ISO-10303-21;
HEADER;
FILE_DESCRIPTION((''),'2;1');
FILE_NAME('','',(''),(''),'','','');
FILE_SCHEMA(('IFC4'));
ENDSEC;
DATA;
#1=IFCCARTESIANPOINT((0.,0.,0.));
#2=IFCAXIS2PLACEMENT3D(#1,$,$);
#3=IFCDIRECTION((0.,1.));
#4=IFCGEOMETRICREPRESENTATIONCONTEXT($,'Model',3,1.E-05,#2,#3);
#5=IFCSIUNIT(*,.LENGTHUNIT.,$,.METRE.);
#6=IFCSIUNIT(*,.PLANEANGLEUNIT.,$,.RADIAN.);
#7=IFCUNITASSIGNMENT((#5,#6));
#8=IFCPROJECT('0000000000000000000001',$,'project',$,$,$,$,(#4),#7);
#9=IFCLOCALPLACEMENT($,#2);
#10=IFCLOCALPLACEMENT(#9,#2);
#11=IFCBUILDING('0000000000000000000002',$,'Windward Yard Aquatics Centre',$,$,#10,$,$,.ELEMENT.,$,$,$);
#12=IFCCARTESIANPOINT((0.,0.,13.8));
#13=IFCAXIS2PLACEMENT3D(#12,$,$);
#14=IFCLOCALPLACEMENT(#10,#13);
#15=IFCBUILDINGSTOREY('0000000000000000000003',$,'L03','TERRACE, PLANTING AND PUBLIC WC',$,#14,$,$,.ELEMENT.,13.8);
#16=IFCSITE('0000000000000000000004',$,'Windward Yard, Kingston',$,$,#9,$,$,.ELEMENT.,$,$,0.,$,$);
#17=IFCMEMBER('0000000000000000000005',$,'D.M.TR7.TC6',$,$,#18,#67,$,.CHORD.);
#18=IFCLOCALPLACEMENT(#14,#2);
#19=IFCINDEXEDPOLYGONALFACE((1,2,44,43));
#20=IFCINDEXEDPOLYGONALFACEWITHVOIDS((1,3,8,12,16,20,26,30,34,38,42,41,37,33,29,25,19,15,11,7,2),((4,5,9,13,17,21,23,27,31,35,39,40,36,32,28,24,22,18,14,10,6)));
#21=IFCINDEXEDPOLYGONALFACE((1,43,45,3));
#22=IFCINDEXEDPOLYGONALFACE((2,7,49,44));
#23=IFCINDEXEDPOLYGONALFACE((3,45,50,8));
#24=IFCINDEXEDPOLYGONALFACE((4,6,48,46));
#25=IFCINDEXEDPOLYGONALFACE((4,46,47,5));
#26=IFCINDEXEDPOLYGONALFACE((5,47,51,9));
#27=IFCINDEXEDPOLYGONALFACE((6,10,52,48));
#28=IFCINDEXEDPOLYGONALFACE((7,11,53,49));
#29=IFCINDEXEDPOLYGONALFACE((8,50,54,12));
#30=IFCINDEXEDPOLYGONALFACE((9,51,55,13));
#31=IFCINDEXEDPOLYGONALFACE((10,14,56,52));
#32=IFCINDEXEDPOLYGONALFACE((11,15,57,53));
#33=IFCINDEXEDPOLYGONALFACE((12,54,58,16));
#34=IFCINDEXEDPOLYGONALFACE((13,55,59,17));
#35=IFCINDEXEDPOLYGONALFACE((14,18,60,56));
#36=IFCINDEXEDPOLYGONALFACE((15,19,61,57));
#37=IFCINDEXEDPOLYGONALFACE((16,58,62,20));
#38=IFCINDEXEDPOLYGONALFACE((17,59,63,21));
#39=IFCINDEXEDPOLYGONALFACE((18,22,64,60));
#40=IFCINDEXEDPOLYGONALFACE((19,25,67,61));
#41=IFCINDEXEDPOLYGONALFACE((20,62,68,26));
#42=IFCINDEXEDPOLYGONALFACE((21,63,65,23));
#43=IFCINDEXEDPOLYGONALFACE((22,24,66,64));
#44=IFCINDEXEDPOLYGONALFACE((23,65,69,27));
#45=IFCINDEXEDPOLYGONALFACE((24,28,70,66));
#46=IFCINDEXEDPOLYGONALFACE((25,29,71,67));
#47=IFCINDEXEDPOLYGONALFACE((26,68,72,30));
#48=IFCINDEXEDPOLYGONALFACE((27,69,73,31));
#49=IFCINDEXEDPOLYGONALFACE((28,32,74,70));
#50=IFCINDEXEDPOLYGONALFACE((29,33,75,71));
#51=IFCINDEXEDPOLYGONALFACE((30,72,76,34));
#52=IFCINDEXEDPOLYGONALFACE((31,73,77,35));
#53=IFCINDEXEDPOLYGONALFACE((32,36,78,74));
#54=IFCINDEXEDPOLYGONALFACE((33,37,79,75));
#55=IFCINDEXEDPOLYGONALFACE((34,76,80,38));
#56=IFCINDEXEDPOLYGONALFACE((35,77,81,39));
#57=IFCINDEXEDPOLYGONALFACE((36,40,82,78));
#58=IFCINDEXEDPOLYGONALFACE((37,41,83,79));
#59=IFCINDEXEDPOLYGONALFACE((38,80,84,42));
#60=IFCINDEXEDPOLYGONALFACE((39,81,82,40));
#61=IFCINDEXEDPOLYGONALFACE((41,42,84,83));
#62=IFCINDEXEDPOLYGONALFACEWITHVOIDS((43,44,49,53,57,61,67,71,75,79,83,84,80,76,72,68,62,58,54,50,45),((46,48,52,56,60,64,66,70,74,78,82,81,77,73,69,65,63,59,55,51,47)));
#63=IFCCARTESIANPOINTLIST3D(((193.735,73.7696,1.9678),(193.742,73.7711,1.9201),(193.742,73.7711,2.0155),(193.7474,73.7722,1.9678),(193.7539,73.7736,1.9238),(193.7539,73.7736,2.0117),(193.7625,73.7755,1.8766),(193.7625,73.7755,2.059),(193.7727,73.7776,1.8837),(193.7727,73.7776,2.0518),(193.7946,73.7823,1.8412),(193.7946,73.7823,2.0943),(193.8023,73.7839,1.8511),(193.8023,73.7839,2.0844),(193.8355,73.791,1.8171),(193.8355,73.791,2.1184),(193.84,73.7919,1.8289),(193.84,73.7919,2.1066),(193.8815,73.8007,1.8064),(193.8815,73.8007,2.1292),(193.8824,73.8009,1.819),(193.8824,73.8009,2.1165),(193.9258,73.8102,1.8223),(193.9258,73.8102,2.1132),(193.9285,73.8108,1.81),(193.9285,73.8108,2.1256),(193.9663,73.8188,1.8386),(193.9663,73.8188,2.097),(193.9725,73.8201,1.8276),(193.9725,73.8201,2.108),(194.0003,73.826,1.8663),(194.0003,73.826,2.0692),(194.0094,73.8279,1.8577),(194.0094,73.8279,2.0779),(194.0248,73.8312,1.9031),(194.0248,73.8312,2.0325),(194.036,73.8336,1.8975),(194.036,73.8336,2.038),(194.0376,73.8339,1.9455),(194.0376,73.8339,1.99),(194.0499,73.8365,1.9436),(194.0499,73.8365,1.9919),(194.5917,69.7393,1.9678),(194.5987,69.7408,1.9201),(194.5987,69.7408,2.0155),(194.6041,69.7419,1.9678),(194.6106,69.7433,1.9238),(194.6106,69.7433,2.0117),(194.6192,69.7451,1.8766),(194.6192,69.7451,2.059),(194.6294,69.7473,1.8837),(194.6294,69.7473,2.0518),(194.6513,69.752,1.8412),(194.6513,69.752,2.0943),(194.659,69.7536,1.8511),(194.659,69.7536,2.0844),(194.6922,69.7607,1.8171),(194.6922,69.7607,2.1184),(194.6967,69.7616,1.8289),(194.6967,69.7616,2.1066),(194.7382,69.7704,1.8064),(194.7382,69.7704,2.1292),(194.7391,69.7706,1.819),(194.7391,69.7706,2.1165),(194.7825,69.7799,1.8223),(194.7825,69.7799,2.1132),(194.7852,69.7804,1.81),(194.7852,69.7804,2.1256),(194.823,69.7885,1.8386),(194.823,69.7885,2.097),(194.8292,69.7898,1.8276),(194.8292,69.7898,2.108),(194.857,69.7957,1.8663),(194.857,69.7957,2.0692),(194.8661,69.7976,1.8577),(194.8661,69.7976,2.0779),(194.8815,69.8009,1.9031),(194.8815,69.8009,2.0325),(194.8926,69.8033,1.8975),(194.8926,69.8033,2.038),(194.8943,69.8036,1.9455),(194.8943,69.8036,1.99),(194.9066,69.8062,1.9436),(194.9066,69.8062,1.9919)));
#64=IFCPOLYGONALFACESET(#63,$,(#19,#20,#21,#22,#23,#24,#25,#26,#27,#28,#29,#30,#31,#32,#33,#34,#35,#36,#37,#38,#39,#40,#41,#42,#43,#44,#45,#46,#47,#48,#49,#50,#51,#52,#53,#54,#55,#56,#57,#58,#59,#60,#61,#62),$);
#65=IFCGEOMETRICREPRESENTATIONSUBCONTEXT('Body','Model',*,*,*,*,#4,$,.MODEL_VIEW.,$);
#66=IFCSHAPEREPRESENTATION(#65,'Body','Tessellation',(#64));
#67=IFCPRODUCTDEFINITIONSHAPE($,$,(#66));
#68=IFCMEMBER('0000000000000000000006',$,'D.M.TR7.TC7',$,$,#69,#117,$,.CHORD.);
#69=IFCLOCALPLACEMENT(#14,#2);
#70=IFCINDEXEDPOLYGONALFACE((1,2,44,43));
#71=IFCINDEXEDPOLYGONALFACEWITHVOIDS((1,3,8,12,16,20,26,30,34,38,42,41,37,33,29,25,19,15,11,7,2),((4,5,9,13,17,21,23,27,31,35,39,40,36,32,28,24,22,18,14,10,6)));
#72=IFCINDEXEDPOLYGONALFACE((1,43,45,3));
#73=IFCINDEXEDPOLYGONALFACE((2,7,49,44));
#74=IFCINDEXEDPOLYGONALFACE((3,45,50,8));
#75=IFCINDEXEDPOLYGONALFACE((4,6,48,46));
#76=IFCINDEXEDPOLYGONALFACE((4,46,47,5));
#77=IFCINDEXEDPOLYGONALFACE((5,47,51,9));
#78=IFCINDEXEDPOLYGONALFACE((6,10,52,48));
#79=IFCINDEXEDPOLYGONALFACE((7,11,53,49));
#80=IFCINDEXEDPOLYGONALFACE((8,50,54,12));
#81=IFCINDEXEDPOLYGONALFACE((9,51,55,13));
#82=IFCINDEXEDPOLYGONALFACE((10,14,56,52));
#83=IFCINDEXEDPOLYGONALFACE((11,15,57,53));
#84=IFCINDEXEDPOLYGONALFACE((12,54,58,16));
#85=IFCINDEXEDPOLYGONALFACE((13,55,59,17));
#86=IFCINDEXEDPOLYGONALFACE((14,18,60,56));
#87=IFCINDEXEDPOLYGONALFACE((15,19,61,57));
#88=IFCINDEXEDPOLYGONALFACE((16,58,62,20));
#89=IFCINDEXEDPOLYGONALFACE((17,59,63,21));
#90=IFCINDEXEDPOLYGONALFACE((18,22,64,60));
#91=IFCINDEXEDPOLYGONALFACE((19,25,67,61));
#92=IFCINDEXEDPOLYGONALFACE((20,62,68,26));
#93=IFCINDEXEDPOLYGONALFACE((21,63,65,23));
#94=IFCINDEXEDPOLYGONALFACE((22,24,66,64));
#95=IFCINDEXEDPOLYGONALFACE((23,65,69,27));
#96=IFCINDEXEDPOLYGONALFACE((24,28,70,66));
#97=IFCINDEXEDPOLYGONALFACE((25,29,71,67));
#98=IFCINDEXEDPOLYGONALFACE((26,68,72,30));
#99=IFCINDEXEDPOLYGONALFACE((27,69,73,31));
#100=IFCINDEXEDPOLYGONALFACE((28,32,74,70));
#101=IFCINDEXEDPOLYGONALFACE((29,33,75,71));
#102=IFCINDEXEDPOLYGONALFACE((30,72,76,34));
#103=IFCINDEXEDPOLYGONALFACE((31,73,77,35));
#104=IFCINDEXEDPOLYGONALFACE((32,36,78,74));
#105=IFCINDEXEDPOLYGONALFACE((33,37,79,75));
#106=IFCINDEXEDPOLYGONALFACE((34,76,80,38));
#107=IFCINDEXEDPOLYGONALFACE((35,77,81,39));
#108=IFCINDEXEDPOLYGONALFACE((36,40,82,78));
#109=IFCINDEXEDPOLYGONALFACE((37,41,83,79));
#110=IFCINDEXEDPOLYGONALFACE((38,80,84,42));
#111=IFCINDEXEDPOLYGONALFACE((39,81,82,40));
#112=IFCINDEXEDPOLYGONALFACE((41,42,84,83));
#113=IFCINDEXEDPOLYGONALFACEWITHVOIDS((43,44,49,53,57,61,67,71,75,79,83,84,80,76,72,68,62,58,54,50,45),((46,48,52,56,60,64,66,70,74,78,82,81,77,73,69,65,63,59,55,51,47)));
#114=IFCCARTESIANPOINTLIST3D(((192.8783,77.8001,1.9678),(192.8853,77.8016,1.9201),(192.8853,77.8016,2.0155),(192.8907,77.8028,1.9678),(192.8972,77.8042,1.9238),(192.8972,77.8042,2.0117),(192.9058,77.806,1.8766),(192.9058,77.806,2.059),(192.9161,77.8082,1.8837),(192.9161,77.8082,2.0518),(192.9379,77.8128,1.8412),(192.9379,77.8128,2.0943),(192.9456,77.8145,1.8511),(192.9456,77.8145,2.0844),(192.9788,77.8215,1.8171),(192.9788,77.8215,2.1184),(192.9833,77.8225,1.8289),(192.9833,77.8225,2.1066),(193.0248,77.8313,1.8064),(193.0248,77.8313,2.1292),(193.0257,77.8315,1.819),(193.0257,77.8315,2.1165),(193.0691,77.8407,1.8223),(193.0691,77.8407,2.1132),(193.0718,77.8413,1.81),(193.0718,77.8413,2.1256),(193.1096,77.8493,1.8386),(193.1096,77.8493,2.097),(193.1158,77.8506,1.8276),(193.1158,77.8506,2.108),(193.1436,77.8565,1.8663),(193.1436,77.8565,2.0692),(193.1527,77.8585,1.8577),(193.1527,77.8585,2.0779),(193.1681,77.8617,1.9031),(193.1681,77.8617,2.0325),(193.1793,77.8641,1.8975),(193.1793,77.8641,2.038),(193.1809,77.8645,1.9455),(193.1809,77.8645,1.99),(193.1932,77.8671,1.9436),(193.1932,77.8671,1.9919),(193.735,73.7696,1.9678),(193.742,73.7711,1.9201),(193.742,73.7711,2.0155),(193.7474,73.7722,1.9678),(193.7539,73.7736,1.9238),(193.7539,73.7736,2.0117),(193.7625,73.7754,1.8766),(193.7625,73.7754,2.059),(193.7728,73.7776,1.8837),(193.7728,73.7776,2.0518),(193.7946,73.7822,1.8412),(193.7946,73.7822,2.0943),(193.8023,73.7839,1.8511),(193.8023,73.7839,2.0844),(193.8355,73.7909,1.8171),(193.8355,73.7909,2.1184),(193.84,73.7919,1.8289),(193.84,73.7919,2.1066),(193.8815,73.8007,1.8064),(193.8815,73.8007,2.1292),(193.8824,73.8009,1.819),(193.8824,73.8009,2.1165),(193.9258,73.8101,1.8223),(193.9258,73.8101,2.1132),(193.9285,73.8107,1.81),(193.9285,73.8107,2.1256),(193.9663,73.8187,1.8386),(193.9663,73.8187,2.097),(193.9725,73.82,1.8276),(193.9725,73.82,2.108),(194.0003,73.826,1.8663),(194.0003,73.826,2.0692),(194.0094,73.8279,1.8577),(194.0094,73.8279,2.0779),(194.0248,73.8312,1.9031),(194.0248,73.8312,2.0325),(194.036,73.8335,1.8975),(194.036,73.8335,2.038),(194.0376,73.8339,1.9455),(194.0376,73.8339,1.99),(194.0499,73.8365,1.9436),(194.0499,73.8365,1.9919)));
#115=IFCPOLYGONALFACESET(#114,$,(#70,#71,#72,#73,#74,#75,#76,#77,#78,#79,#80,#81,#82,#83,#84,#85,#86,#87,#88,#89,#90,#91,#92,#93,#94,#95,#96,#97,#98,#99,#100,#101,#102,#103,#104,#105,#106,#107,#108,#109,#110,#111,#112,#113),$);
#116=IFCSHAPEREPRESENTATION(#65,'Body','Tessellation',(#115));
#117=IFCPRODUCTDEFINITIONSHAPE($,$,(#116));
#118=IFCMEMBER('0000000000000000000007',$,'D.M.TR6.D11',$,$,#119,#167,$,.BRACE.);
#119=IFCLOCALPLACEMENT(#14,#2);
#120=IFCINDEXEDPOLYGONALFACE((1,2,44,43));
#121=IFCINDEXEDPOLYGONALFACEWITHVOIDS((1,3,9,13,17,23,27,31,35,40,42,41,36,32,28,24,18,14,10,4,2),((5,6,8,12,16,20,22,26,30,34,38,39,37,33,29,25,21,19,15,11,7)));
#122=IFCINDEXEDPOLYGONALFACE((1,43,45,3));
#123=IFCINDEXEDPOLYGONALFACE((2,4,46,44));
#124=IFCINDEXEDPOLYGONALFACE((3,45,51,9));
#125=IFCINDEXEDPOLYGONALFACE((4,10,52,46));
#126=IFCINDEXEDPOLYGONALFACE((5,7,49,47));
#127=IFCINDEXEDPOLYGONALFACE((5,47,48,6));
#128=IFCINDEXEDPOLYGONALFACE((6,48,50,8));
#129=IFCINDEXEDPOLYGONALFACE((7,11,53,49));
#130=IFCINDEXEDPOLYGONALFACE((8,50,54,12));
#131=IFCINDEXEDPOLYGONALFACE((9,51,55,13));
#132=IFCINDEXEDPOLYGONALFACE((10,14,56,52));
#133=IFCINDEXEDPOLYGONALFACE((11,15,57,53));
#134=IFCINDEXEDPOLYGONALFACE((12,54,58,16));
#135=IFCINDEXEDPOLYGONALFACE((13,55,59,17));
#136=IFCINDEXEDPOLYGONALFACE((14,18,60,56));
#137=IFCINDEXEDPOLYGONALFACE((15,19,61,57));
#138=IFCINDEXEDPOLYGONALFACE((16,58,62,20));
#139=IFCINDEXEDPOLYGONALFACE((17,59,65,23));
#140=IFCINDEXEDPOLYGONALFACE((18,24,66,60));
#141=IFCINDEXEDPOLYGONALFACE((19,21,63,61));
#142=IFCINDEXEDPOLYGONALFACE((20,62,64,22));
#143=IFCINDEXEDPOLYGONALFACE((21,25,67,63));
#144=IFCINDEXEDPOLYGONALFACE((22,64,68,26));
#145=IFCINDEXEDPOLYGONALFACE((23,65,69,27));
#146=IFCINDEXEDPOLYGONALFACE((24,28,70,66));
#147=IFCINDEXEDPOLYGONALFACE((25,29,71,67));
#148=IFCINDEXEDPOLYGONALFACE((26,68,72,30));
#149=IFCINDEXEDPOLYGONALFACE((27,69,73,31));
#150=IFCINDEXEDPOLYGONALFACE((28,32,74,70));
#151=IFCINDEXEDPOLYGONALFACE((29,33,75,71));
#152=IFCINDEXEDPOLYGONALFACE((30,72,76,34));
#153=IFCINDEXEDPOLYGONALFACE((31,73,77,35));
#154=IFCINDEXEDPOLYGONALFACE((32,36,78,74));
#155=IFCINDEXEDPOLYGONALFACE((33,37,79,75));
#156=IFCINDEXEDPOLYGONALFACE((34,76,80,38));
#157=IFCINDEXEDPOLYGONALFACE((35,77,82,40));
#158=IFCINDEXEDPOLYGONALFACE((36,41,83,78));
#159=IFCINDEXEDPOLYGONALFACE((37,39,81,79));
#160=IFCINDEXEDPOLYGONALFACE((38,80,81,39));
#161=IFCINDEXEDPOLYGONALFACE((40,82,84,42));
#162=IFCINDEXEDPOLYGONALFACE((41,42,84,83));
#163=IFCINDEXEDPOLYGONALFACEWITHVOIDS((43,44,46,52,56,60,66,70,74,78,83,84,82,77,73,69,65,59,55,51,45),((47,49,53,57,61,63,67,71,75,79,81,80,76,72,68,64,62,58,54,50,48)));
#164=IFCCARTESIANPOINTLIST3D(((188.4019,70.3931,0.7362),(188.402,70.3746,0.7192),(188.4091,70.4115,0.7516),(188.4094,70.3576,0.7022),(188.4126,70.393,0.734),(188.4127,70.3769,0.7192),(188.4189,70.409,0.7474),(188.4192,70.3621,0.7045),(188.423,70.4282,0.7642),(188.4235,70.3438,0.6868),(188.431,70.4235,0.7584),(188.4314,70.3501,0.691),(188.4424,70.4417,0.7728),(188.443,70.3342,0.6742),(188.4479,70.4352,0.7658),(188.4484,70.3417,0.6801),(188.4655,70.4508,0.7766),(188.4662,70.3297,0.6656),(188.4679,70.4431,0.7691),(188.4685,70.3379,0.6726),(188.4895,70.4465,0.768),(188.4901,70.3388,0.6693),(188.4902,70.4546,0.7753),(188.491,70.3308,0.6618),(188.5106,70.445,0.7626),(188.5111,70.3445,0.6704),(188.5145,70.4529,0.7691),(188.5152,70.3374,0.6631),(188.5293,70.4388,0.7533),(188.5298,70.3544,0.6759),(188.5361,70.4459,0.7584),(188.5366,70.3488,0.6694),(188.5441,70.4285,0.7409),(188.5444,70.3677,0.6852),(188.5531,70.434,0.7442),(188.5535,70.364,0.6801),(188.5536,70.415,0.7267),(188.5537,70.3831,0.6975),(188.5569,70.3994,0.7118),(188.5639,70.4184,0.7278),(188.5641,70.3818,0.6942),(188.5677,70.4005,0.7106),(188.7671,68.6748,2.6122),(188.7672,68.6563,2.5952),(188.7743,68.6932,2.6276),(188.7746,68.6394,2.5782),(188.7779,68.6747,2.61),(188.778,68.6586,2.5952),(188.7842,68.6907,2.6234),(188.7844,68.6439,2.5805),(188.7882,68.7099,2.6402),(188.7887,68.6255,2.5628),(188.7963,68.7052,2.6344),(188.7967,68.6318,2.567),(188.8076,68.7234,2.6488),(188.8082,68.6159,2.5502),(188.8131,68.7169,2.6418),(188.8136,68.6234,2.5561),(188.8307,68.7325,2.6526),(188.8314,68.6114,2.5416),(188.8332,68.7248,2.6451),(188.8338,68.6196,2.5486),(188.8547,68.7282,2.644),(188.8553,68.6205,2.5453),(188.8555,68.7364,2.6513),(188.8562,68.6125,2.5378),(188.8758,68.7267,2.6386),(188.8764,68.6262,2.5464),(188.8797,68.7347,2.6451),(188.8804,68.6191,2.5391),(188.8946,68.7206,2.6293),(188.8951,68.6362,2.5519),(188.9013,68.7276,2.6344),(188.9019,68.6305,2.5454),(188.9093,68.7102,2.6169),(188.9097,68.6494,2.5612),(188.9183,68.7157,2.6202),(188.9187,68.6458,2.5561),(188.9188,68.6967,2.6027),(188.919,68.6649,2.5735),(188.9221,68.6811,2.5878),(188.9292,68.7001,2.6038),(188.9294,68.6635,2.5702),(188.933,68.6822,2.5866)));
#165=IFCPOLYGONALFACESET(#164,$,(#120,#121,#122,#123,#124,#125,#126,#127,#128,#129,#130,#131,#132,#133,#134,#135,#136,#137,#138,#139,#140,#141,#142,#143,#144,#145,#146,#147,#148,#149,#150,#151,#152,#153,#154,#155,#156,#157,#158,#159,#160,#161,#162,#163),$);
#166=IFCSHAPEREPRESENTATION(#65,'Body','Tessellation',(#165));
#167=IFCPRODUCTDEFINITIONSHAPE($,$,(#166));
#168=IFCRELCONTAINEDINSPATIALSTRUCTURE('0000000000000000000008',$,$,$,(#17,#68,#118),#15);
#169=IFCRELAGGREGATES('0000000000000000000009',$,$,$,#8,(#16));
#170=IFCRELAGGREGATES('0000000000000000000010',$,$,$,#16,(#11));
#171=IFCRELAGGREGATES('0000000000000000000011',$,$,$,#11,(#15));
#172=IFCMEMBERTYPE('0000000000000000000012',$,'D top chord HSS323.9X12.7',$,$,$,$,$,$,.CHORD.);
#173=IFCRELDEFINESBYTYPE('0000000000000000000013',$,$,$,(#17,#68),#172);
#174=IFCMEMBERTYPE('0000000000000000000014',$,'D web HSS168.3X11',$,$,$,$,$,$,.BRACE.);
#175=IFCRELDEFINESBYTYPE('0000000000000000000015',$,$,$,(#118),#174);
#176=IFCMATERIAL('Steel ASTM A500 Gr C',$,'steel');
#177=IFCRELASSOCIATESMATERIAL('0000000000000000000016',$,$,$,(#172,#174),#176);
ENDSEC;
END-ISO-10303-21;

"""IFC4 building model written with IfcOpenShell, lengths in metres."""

from ifc_helpers import new_model, si_unit, direction, frame, origin, origin_2d, place, context, subcontext, project, spatial, hollow_circle, extrude, material, material_profile, profile_set, type_object, element, save


model = new_model("IFC4")

# Units and contexts
model_context = context("Model", 3, precision=1e-05, world=origin(), true_north=direction((0.0, 1.0)))
body_context = subcontext(model_context, "Body", "Model", "MODEL_VIEW")
ifc_project = project(units=[si_unit("LENGTHUNIT", "METRE"), si_unit("PLANEANGLEUNIT", "RADIAN")], contexts=[model_context])

# Site, building, storey
site_placement = place(None, origin())
site = spatial("IfcSite", under=ifc_project, at=site_placement, Name="Windward Yard, Kingston", CompositionType="ELEMENT", RefElevation=0.0)
building_placement = place(site_placement, origin())
building = spatial("IfcBuilding", under=site, at=building_placement, Name="Windward Yard Aquatics Centre", CompositionType="ELEMENT")
storey_placement = place(building_placement, frame((0.0, 0.0, 13.8)))
storey = spatial("IfcBuildingStorey", under=building, at=storey_placement, Name="L03", Description="TERRACE, PLANTING AND PUBLIC WC", CompositionType="ELEMENT", Elevation=13.8)

# Members
ifc_material_1 = material(Name="Steel ASTM A500 Gr C", Category="steel")
ifc_material_profile_1 = material_profile(ifc_material_1, hollow_circle(Radius=0.1619, WallThickness=0.0127, at=origin_2d()), Name="HSS323.9X12.7")
ifc_profile_set_1 = profile_set([ifc_material_profile_1], Name="Steel ASTM A500 Gr C")
member_type_1 = type_object("IfcMemberType", Name="D top chord HSS323.9X12.7", PredefinedType="CHORD", material=ifc_profile_set_1)
for number, where, z_axis, x_axis, name in (
    (1, (194.75, 69.7729, 1.9678), (-0.207918, 0.978146, 0.0), (-0.978146, -0.207918, 0.0), "D.M.TR7.TC6"),
):
    element("IfcMember", number, at=place(storey_placement, frame(where, z_axis=z_axis, x_axis=x_axis)), inside=storey, type_object=member_type_1, Name=name, PredefinedType="CHORD", context=body_context, shape_type="SweptSolid", body=[
        extrude(hollow_circle(Radius=0.1619, WallThickness=0.0127, at=origin_2d()), origin(), (0.0, 0.0, 1.0), 4.1204),
    ])
member_1_placement = place(storey_placement, frame((193.8933, 73.8032, 1.9678), z_axis=(-0.207906, 0.978149, 0.0), x_axis=(-0.978149, -0.207906, 0.0)))
element("IfcMember", 2, at=member_1_placement, inside=storey, type_object=member_type_1, Name="D.M.TR7.TC7", PredefinedType="CHORD", context=body_context, shape_type="SweptSolid", body=[
    extrude(hollow_circle(Radius=0.1619, WallThickness=0.0127, at=origin_2d()), origin(), (0.0, 0.0, 1.0), 4.1206),
])
ifc_material_profile_2 = material_profile(ifc_material_1, hollow_circle(Radius=0.0842, WallThickness=0.011, at=origin_2d()), Name="HSS168.3X11")
ifc_profile_set_2 = profile_set([ifc_material_profile_2], Name="Steel ASTM A500 Gr C")
member_type_2 = type_object("IfcMemberType", Name="D web HSS168.3X11", PredefinedType="BRACE", material=ifc_profile_set_2)
member_2_placement = place(storey_placement, frame((188.8496, 68.6738, 2.5952), z_axis=(-0.142112, 0.668574, -0.729941), x_axis=(-0.978147, -0.207915, 0.0)))
element("IfcMember", 3, at=member_2_placement, inside=storey, type_object=member_type_2, Name="D.M.TR6.D11", PredefinedType="BRACE", context=body_context, shape_type="SweptSolid", body=[
    extrude(hollow_circle(Radius=0.0842, WallThickness=0.011, at=origin_2d()), origin(), (0.0, 0.0, 1.0), 2.5701),
])

save(model, "model.ifc")
